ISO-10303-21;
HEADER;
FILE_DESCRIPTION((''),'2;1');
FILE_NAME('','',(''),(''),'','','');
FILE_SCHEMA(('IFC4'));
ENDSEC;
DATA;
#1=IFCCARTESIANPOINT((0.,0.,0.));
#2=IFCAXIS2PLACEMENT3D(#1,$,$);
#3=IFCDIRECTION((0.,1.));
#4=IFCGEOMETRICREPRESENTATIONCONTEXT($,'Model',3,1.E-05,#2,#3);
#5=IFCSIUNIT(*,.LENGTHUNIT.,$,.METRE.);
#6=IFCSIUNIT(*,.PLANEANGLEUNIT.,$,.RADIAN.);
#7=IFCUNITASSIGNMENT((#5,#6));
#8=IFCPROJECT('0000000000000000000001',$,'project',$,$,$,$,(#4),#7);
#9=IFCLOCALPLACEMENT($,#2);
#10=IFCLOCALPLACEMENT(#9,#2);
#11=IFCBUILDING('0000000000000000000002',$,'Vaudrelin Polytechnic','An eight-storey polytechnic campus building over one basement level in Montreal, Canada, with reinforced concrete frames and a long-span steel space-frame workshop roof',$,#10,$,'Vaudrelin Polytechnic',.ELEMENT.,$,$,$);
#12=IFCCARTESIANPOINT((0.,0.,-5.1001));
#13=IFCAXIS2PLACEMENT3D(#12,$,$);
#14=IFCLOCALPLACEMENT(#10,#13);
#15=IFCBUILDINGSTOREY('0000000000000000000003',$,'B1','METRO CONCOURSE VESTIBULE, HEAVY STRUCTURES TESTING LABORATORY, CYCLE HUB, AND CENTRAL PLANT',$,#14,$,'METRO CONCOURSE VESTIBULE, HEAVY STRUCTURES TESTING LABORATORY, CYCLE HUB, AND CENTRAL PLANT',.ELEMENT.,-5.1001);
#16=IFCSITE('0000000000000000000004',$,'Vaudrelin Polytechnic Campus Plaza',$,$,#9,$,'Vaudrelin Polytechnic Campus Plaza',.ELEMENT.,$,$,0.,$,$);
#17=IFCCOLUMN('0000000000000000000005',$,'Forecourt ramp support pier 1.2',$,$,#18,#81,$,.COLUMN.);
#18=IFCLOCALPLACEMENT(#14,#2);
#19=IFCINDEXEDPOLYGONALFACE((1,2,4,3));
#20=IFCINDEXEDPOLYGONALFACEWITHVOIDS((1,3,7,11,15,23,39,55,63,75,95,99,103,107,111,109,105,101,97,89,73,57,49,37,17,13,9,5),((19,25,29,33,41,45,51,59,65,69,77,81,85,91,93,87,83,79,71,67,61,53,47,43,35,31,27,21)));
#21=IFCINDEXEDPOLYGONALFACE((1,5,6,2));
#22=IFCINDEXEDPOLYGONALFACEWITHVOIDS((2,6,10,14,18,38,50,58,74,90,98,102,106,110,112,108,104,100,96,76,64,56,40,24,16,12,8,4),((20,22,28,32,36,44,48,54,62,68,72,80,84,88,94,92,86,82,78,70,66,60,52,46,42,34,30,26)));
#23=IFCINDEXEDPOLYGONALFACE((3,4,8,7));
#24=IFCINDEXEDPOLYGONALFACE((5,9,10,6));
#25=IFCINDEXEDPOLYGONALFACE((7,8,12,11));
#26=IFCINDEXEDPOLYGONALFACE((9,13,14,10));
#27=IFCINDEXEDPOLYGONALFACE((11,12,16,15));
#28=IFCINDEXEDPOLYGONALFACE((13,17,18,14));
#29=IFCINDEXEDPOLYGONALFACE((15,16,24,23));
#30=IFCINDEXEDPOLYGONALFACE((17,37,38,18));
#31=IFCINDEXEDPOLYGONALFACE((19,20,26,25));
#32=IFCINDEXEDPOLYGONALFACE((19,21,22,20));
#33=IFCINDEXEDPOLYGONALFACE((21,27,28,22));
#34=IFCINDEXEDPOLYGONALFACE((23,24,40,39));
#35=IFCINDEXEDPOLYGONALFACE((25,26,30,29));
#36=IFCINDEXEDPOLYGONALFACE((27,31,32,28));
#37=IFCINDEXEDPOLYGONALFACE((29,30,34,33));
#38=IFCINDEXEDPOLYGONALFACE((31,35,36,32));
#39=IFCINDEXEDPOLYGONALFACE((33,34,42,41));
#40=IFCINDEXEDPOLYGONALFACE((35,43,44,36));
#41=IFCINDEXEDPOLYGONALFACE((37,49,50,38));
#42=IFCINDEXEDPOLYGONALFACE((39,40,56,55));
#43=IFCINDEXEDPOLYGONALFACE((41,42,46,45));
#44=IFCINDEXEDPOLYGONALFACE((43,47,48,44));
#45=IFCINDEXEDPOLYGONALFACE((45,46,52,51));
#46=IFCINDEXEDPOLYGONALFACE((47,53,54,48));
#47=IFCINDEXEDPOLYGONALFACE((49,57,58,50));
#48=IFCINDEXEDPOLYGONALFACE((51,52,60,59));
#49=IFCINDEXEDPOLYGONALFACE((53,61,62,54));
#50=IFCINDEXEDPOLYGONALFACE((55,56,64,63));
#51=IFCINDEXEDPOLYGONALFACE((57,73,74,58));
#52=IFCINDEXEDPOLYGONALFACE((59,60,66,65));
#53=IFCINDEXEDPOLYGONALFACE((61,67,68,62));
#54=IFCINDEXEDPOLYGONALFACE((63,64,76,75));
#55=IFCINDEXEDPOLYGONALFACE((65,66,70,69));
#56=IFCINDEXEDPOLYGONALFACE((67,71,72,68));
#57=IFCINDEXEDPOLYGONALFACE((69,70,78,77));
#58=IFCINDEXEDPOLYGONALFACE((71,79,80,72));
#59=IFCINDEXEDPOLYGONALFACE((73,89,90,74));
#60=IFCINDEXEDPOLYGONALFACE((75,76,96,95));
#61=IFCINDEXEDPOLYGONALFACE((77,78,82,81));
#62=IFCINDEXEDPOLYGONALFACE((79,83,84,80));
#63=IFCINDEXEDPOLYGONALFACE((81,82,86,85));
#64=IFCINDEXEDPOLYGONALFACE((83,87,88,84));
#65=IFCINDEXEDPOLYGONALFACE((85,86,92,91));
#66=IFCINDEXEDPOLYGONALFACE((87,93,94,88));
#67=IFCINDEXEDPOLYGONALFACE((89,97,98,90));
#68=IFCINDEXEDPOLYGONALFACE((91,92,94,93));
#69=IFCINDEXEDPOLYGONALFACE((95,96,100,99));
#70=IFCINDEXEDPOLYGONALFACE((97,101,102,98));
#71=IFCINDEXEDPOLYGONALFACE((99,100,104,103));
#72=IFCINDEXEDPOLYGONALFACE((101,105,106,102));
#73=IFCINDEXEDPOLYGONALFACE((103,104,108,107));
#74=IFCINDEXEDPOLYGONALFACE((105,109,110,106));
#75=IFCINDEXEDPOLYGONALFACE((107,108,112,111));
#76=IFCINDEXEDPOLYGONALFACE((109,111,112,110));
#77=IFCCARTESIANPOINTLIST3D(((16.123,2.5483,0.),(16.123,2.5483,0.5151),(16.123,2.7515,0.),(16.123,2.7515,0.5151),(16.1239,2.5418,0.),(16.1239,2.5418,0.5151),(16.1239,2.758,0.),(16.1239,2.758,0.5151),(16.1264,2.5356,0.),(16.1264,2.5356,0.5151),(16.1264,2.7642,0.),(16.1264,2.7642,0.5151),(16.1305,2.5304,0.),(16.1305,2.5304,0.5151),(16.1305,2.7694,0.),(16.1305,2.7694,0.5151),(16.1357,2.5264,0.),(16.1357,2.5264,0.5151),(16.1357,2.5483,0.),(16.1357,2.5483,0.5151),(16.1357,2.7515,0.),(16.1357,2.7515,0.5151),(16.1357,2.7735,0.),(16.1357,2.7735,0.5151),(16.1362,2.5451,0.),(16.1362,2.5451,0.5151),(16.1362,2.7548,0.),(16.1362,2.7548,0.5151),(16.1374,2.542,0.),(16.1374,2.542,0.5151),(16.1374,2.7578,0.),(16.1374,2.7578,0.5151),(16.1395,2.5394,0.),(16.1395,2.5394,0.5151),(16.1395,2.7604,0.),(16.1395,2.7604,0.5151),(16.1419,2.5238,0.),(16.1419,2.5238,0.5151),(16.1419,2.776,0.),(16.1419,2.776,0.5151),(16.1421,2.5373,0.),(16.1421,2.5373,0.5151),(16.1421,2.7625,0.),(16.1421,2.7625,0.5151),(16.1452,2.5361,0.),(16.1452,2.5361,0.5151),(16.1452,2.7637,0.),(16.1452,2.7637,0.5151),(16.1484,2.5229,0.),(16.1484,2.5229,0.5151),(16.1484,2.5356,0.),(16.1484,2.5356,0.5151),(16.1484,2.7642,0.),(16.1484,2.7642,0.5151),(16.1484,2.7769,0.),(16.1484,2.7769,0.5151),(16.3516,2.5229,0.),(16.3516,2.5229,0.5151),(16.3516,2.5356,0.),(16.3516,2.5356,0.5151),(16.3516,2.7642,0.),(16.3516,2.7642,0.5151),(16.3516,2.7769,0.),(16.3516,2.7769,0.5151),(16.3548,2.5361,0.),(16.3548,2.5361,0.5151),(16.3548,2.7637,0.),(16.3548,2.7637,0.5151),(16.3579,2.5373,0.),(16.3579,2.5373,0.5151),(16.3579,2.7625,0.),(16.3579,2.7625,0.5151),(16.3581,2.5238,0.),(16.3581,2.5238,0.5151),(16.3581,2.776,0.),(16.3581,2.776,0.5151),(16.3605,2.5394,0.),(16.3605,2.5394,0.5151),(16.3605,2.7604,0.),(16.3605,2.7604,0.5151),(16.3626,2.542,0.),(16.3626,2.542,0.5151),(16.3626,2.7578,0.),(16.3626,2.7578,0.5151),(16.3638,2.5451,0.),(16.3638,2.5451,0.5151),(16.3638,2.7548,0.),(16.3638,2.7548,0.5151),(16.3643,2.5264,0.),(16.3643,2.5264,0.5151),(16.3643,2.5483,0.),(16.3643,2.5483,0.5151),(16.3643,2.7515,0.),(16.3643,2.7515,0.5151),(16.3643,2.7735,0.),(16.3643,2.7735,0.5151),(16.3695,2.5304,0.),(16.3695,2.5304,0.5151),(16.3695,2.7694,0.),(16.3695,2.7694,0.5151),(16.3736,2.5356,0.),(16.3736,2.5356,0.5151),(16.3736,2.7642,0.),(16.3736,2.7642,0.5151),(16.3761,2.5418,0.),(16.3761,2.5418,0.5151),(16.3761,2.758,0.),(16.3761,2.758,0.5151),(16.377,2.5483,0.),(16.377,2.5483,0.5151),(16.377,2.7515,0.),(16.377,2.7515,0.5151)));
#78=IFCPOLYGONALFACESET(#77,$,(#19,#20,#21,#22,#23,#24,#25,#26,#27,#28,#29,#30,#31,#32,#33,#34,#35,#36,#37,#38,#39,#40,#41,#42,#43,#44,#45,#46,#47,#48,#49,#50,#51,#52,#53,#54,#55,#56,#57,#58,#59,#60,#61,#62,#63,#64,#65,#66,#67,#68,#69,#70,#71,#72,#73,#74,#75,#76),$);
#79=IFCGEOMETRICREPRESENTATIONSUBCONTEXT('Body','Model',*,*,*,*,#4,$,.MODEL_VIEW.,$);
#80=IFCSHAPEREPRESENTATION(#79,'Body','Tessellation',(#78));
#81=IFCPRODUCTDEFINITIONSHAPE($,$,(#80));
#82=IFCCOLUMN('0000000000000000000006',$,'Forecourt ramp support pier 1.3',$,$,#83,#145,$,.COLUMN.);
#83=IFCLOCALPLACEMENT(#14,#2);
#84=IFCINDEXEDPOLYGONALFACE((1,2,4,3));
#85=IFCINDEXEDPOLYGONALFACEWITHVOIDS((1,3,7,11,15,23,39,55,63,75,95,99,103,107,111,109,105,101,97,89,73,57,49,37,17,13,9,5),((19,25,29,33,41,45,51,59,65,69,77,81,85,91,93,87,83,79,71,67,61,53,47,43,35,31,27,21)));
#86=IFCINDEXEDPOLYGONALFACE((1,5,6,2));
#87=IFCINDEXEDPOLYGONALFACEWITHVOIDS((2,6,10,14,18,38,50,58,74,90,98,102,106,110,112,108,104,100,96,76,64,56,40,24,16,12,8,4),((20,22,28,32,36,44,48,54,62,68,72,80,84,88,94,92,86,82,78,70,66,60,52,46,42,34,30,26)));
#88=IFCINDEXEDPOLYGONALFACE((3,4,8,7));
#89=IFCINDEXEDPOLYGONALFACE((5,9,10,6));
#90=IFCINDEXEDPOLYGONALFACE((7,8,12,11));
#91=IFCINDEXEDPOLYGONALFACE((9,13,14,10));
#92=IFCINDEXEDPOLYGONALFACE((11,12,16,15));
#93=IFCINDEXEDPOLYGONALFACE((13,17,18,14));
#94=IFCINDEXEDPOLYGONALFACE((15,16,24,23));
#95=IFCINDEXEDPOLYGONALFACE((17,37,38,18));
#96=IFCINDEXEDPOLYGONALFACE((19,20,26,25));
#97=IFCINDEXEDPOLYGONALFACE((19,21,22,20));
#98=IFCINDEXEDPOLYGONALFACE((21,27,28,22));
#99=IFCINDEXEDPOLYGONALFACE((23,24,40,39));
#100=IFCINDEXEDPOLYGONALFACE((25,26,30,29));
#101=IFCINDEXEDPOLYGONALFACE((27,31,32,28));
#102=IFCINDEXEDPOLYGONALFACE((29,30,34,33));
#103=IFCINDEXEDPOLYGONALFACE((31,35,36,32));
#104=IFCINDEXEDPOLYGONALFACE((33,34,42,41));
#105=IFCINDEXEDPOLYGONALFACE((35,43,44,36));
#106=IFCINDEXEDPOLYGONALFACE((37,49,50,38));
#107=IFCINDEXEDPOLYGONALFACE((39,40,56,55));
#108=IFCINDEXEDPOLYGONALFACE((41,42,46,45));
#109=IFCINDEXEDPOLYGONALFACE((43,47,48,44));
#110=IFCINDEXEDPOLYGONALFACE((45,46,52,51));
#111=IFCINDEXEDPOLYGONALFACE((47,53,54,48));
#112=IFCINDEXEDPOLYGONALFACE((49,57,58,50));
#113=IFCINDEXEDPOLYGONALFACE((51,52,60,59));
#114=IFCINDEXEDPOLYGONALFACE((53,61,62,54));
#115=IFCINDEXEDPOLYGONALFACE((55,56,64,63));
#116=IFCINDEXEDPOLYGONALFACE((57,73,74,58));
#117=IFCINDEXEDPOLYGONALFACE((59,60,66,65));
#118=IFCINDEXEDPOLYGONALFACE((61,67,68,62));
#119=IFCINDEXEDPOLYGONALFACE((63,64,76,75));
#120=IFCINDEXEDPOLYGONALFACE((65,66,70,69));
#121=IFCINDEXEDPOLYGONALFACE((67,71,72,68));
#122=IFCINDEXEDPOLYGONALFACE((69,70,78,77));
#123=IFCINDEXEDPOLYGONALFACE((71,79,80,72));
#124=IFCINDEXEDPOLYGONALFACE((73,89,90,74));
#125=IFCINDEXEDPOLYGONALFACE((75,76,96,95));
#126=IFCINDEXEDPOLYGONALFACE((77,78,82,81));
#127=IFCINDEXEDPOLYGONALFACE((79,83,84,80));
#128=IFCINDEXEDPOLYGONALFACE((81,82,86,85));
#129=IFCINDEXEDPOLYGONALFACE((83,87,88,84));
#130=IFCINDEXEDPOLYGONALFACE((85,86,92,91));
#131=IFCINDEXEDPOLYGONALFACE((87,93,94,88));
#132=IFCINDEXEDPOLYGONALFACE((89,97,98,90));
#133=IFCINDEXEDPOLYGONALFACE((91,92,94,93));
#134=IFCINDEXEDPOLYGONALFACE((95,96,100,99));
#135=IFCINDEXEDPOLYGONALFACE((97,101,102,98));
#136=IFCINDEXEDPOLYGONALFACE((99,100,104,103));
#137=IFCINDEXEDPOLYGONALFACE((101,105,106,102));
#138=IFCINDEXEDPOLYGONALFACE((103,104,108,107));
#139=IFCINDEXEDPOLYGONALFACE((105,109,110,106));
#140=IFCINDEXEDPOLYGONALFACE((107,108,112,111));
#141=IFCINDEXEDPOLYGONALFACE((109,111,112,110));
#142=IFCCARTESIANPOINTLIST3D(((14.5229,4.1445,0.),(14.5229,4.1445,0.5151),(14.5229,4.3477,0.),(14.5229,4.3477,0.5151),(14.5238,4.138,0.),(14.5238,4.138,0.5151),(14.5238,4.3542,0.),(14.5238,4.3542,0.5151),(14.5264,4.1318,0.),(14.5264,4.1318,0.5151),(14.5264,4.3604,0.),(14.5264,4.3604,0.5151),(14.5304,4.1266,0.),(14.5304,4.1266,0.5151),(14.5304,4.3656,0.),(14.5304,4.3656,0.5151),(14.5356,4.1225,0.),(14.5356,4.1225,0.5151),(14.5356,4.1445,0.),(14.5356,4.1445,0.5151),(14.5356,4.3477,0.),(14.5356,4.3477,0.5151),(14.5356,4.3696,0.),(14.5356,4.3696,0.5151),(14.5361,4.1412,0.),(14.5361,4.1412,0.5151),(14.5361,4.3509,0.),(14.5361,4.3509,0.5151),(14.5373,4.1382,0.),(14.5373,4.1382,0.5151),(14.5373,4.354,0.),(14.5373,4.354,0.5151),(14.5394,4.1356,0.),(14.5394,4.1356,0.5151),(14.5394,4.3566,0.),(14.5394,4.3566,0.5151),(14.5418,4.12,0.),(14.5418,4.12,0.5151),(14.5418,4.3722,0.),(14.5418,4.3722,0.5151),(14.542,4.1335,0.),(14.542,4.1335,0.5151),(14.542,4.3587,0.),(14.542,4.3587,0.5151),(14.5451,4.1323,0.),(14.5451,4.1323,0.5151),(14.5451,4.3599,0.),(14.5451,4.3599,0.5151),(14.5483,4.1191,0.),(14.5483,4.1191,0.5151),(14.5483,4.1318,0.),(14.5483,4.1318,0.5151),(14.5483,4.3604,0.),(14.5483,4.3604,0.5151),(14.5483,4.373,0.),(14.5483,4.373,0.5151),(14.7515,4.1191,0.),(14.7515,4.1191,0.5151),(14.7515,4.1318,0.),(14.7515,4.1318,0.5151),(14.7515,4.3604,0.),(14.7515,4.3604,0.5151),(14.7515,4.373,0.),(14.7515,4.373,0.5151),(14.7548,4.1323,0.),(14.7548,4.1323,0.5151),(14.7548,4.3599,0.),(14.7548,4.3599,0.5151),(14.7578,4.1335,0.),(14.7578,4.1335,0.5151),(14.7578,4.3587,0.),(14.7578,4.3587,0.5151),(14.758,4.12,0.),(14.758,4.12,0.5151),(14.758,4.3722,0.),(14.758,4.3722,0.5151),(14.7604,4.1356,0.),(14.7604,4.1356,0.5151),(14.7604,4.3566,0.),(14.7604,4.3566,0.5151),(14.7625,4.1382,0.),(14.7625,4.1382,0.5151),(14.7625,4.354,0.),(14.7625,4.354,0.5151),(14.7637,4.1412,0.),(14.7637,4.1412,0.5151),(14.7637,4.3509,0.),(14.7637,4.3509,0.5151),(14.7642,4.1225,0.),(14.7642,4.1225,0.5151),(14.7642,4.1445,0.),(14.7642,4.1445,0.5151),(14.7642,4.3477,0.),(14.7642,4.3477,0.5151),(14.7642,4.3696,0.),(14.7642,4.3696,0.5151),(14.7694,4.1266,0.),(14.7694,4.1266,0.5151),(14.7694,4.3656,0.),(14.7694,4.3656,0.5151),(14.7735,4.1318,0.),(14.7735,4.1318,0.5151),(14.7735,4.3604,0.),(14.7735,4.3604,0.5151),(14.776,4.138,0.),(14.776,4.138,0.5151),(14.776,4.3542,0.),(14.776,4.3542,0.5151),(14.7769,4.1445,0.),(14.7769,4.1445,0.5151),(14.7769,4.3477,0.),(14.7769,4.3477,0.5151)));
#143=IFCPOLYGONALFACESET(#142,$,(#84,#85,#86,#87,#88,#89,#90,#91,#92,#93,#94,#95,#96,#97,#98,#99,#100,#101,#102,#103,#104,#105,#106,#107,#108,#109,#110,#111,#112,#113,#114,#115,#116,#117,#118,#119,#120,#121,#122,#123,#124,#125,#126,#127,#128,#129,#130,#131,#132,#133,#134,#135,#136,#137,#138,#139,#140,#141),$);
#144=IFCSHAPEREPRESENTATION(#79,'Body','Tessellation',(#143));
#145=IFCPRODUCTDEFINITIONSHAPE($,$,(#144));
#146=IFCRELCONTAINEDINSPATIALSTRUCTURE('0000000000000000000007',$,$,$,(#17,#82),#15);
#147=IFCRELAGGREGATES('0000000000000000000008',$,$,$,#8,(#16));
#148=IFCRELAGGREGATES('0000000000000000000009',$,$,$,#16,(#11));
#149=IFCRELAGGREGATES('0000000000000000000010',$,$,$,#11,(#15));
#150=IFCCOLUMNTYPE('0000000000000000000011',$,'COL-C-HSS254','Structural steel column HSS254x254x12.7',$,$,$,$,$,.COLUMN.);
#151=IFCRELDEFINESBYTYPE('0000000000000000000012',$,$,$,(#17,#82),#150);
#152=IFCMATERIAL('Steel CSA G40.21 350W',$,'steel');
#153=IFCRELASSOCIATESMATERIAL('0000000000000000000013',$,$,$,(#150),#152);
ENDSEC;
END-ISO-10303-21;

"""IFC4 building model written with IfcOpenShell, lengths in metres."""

from ifc_helpers import new_model, si_unit, direction, frame, origin, origin_2d, place, context, subcontext, project, spatial, hollow_rectangle, extrude, material, material_profile, profile_set, type_object, element, save


model = new_model("IFC4")

# Units and contexts
model_context = context("Model", 3, precision=1e-05, world=origin(), true_north=direction((0.0, 1.0)))
body_context = subcontext(model_context, "Body", "Model", "MODEL_VIEW")
ifc_project = project(units=[si_unit("LENGTHUNIT", "METRE"), si_unit("PLANEANGLEUNIT", "RADIAN")], contexts=[model_context])

# Site, building, storey
site_placement = place(None, origin())
site = spatial("IfcSite", under=ifc_project, at=site_placement, Name="Vaudrelin Polytechnic Campus Plaza", LongName="Vaudrelin Polytechnic Campus Plaza", CompositionType="ELEMENT", RefElevation=0.0)
building_placement = place(site_placement, origin())
building = spatial("IfcBuilding", under=site, at=building_placement, Name="Vaudrelin Polytechnic", Description="An eight-storey polytechnic campus building over one basement level in Montreal, Canada, with reinforced concrete frames and a long-span steel space-frame workshop roof", LongName="Vaudrelin Polytechnic", CompositionType="ELEMENT")
storey_placement = place(building_placement, frame((0.0, 0.0, -5.1001)))
storey = spatial("IfcBuildingStorey", under=building, at=storey_placement, Name="B1", Description="METRO CONCOURSE VESTIBULE, HEAVY STRUCTURES TESTING LABORATORY, CYCLE HUB, AND CENTRAL PLANT", LongName="METRO CONCOURSE VESTIBULE, HEAVY STRUCTURES TESTING LABORATORY, CYCLE HUB, AND CENTRAL PLANT", CompositionType="ELEMENT", Elevation=-5.1001)

# Columns
ifc_material_1 = material(Name="Steel CSA G40.21 350W", Category="steel")
ifc_material_profile = material_profile(ifc_material_1, hollow_rectangle(XDim=0.2539, YDim=0.2539, WallThickness=0.0127, InnerFilletRadius=0.0127, OuterFilletRadius=0.0254, at=origin_2d()), Name="HSS254x254x12.7")
ifc_profile_set = profile_set([ifc_material_profile], Name="Steel CSA G40.21 350W")
column_type = type_object("IfcColumnType", Name="COL-C-HSS254", Description="Structural steel column HSS254x254x12.7", PredefinedType="COLUMN", material=ifc_profile_set)
for number, where, z_axis, x_axis, name in (
    (1, (16.25, 2.6499, 0.0), (0.0, 0.0, 1.0), (1.0, 0.0, 0.0), "Forecourt ramp support pier 1.2"),
    (2, (14.6499, 4.2461, 0.0), (0.0, 0.0, 1.0), (1.0, 0.0, 0.0), "Forecourt ramp support pier 1.3"),
):
    element("IfcColumn", number, at=place(storey_placement, frame(where, z_axis=z_axis, x_axis=x_axis)), inside=storey, type_object=column_type, Name=name, PredefinedType="COLUMN", context=body_context, shape_type="SweptSolid", body=[
        extrude(hollow_rectangle(XDim=0.2539, YDim=0.2539, WallThickness=0.0127, InnerFilletRadius=0.0127, OuterFilletRadius=0.0254, at=origin_2d()), origin(), (0.0, 0.0, 1.0), 0.5151),
    ])

save(model, "model.ifc")
